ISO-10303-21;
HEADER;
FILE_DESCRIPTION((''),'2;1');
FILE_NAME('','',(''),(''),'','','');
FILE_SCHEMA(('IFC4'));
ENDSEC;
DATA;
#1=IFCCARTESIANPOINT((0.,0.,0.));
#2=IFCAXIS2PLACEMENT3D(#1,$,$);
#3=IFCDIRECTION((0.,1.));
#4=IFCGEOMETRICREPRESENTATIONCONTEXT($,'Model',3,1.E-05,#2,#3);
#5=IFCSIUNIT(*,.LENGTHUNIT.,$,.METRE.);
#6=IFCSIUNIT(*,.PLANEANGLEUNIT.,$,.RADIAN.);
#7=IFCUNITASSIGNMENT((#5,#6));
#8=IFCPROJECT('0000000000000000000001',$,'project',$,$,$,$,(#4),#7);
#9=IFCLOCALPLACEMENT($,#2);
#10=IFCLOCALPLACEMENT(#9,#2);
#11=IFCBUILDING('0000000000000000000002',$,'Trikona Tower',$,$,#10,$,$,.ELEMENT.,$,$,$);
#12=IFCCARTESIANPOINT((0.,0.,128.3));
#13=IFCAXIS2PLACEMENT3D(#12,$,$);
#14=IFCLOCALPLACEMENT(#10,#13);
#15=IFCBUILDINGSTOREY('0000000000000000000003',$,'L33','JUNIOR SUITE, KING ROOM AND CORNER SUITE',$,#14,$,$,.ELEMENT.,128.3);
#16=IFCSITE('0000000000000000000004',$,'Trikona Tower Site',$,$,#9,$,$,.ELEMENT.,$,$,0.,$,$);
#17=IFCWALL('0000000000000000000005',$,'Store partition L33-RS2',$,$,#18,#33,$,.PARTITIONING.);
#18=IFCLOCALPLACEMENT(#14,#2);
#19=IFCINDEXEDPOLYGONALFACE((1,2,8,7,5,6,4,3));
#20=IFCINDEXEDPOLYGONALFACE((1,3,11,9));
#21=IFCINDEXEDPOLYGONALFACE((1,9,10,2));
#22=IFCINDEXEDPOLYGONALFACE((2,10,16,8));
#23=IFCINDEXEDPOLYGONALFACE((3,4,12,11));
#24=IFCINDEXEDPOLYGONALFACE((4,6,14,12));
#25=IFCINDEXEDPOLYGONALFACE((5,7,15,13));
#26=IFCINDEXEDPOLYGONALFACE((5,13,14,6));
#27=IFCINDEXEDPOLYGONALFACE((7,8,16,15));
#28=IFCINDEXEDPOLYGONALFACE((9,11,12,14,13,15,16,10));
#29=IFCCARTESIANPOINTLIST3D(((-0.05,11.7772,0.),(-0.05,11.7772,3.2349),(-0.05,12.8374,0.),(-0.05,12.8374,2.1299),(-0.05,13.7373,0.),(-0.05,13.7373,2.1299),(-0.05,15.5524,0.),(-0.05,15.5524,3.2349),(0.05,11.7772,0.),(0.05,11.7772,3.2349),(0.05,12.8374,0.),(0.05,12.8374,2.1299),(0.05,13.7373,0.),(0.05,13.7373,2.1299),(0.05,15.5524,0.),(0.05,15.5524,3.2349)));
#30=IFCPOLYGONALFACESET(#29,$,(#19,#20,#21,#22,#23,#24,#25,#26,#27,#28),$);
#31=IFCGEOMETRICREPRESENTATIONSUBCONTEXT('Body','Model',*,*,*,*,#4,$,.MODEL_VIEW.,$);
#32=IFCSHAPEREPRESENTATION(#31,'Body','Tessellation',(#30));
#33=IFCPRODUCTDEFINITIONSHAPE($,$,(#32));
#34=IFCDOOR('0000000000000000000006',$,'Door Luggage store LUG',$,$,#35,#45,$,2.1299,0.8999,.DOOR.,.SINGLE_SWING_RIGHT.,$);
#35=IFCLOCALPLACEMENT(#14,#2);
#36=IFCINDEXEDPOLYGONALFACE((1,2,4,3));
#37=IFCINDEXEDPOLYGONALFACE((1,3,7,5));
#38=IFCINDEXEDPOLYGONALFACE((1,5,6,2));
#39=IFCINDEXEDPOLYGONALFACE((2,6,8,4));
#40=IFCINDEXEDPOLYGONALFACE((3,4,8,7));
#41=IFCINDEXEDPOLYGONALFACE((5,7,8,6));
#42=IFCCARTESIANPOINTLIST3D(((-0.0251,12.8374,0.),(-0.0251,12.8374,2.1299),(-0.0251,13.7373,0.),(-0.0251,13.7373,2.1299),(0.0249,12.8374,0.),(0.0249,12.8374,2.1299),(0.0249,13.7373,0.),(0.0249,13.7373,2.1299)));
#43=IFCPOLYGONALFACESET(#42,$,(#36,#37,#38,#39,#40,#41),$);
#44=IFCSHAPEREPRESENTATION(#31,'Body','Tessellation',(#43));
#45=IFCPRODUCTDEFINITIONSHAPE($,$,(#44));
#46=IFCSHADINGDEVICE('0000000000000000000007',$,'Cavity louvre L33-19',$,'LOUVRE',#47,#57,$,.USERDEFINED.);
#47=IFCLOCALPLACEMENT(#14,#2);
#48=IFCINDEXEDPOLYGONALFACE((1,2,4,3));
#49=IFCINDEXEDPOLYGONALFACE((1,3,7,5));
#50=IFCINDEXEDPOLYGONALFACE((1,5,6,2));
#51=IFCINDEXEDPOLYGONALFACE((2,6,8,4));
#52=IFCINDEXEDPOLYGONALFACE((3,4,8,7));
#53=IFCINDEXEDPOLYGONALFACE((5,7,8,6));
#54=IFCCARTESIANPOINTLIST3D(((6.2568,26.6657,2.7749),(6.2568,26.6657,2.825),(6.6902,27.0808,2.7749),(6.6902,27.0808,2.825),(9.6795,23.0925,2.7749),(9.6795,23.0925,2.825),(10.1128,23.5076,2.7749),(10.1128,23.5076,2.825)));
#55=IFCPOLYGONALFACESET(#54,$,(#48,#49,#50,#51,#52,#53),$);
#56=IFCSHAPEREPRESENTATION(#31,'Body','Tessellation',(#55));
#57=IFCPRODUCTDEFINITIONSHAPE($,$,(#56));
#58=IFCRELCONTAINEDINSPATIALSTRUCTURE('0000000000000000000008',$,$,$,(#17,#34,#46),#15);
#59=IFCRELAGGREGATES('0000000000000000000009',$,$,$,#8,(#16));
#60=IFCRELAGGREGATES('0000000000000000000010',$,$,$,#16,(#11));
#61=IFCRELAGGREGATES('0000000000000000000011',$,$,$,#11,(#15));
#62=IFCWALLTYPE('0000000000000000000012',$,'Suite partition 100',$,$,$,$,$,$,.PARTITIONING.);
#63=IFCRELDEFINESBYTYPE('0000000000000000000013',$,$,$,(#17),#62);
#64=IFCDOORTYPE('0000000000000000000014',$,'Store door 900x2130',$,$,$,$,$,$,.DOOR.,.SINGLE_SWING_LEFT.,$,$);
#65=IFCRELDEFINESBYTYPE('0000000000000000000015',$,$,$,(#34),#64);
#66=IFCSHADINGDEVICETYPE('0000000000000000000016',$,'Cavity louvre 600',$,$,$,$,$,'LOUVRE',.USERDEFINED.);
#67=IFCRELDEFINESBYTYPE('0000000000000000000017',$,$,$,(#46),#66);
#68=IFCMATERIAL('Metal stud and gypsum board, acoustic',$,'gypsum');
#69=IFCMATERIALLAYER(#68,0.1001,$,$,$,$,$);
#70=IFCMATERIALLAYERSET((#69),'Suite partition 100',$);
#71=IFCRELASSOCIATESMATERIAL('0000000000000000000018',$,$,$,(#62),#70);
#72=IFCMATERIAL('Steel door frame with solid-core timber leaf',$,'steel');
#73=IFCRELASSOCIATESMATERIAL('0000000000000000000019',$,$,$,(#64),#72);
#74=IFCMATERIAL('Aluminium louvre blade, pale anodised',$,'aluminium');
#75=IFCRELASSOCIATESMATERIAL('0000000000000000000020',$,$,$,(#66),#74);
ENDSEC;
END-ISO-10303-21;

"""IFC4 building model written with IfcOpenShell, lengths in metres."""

from ifc_helpers import new_model, si_unit, direction, frame, frame_2d, origin, origin_2d, place, context, subcontext, project, spatial, rectangle, extrude, material, layer, layer_set, type_object, element, fill, save


model = new_model("IFC4")

# Units and contexts
model_context = context("Model", 3, precision=1e-05, world=origin(), true_north=direction((0.0, 1.0)))
body_context = subcontext(model_context, "Body", "Model", "MODEL_VIEW")
ifc_project = project(units=[si_unit("LENGTHUNIT", "METRE"), si_unit("PLANEANGLEUNIT", "RADIAN")], contexts=[model_context])

# Site, building, storey
site_placement = place(None, origin())
site = spatial("IfcSite", under=ifc_project, at=site_placement, Name="Trikona Tower Site", CompositionType="ELEMENT", RefElevation=0.0)
building_placement = place(site_placement, origin())
building = spatial("IfcBuilding", under=site, at=building_placement, Name="Trikona Tower", CompositionType="ELEMENT")
storey_placement = place(building_placement, frame((0.0, 0.0, 128.3)))
storey = spatial("IfcBuildingStorey", under=building, at=storey_placement, Name="L33", Description="JUNIOR SUITE, KING ROOM AND CORNER SUITE", CompositionType="ELEMENT", Elevation=128.3)

# Wall, opening, door
ifc_material_1 = material(Name="Metal stud and gypsum board, acoustic", Category="gypsum")
ifc_layer_1 = layer(ifc_material_1, 0.1001)
ifc_layer_set_1 = layer_set([ifc_layer_1], Name="Suite partition 100")
wall_type_1 = type_object("IfcWallType", Name="Suite partition 100", PredefinedType="PARTITIONING", material=ifc_layer_set_1)
wall_1_placement = place(storey_placement, frame((0.0, 15.5525, 0.0), z_axis=(0.0, 0.0, 1.0), x_axis=(0.0, -1.0, 0.0)))
wall_1 = element("IfcWall", 1, at=wall_1_placement, inside=storey, type_object=wall_type_1, Name="Store partition L33-RS2", PredefinedType="PARTITIONING", context=body_context, shape_type="SweptSolid", body=[
    extrude(rectangle(XDim=3.7751, YDim=0.1001, at=frame_2d((1.8877, 0.0))), origin(), (0.0, 0.0, 1.0), 3.2349),
])
opening_1_placement = place(wall_1_placement, frame((1.8152, 0.0, 0.0)))
opening_1 = element("IfcOpeningElement", 2, at=opening_1_placement, cuts=wall_1, PredefinedType="OPENING", context=body_context, shape_type="SweptSolid", body=[
    extrude(rectangle(XDim=0.8999, YDim=2.1299, at=frame_2d((0.45, 1.0649))), frame((0.0, 0.0601, 0.0), z_axis=(0.0, -1.0, 0.0), x_axis=(1.0, 0.0, 0.0)), (0.0, 0.0, 1.0), 0.1201),
])
ifc_material_2 = material(Name="Steel door frame with solid-core timber leaf", Category="steel")
door_type_1 = type_object("IfcDoorType", Name="Store door 900x2130", OperationType="SINGLE_SWING_LEFT", PredefinedType="DOOR", material=ifc_material_2)
door_1_placement = place(opening_1_placement, origin())
door_1 = element("IfcDoor", 3, at=door_1_placement, inside=storey, type_object=door_type_1, Name="Door Luggage store LUG", OperationType="SINGLE_SWING_RIGHT", OverallHeight=2.1299, OverallWidth=0.8999, PredefinedType="DOOR", context=body_context, shape_type="SweptSolid", body=[
    extrude(rectangle(XDim=0.8999, YDim=2.1299, at=frame_2d((0.45, 1.0649))), frame((0.0, 0.0249, 0.0), z_axis=(0.0, -1.0, 0.0), x_axis=(1.0, 0.0, 0.0)), (0.0, 0.0, 1.0), 0.05),
])
fill(opening_1, door_1)

# Shading device
ifc_material_3 = material(Name="Aluminium louvre blade, pale anodised", Category="aluminium")
shading_device_type = type_object("IfcShadingDeviceType", Name="Cavity louvre 600", ElementType="LOUVRE", PredefinedType="USERDEFINED", material=ifc_material_3)
shading_device_placement = place(storey_placement, frame((8.1848, 25.0867, 2.7749), z_axis=(0.0, 0.0, 1.0), x_axis=(-0.691724, 0.722162, 0.0)))
element("IfcShadingDevice", 4, at=shading_device_placement, inside=storey, type_object=shading_device_type, Name="Cavity louvre L33-19", ObjectType="LOUVRE", PredefinedType="USERDEFINED", context=body_context, shape_type="SweptSolid", body=[
    extrude(rectangle(XDim=4.948, YDim=0.6001, at=origin_2d()), origin(), (0.0, 0.0, 1.0), 0.05),
])

save(model, "model.ifc")
